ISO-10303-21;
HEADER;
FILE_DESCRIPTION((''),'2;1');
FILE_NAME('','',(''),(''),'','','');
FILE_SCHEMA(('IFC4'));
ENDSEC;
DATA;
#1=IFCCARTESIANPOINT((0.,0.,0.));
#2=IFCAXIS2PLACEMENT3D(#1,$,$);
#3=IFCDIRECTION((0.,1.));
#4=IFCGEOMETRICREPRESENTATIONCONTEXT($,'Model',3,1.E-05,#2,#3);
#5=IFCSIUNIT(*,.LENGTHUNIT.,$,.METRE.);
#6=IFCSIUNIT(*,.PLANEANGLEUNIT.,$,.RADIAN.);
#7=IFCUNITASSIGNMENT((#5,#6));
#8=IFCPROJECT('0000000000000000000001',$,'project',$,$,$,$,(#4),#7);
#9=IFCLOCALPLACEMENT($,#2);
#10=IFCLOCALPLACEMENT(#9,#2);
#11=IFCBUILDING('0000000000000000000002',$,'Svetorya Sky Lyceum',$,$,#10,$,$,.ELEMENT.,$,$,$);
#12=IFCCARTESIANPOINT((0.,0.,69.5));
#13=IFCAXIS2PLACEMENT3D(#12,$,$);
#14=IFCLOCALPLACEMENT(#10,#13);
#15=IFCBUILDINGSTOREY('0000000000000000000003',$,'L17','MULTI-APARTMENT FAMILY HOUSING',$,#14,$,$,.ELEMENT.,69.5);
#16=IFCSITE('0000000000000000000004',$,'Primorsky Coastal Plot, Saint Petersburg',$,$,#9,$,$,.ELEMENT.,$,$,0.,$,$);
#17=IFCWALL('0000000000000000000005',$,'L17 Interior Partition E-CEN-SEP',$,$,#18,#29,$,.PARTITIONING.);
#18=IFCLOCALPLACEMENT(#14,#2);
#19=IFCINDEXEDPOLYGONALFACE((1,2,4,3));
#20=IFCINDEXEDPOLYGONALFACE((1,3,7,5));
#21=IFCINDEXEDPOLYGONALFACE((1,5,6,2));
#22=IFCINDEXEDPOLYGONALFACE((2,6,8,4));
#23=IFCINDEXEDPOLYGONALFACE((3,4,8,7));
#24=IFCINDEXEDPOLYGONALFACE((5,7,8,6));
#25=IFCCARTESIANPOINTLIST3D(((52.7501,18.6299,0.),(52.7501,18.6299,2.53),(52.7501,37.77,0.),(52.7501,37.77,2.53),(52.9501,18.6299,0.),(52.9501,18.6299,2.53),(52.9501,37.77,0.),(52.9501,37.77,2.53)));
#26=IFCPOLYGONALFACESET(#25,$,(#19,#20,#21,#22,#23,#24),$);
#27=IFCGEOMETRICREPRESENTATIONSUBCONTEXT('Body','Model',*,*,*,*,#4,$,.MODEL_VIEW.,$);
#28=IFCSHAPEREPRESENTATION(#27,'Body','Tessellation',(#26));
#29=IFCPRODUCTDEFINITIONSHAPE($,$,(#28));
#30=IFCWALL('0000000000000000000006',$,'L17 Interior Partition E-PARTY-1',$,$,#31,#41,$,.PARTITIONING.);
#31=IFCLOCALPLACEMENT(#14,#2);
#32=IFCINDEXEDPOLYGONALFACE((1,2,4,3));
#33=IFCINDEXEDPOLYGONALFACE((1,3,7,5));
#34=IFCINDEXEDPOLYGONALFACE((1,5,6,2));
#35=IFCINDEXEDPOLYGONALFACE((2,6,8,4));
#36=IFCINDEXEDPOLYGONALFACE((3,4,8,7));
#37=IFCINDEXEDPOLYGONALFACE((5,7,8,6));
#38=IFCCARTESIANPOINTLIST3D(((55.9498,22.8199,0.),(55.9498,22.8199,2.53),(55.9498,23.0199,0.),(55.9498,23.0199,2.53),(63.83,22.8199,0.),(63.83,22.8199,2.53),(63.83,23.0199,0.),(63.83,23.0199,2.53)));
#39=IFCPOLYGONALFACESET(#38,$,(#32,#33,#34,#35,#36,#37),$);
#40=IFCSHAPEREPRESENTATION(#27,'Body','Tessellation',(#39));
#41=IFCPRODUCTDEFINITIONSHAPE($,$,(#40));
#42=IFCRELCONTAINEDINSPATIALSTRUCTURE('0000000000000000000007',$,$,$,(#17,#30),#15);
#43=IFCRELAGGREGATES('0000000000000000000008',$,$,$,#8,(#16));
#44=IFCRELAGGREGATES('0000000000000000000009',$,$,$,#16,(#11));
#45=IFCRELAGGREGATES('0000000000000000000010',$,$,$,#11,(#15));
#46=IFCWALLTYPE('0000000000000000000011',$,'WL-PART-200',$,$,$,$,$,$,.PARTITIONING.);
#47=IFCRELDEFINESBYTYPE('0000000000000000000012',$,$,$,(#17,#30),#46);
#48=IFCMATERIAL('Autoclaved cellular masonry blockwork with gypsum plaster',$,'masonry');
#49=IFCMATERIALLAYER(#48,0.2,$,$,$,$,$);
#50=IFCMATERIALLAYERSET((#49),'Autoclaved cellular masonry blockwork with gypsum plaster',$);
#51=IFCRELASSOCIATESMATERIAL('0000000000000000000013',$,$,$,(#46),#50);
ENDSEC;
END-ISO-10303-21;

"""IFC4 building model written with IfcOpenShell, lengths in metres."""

from ifc_helpers import new_model, si_unit, direction, frame, frame_2d, origin, place, context, subcontext, project, spatial, rectangle, extrude, material, layer, layer_set, type_object, element, save


model = new_model("IFC4")

# Units and contexts
model_context = context("Model", 3, precision=1e-05, world=origin(), true_north=direction((0.0, 1.0)))
body_context = subcontext(model_context, "Body", "Model", "MODEL_VIEW")
ifc_project = project(units=[si_unit("LENGTHUNIT", "METRE"), si_unit("PLANEANGLEUNIT", "RADIAN")], contexts=[model_context])

# Site, building, storey
site_placement = place(None, origin())
site = spatial("IfcSite", under=ifc_project, at=site_placement, Name="Primorsky Coastal Plot, Saint Petersburg", CompositionType="ELEMENT", RefElevation=0.0)
building_placement = place(site_placement, origin())
building = spatial("IfcBuilding", under=site, at=building_placement, Name="Svetorya Sky Lyceum", CompositionType="ELEMENT")
storey_placement = place(building_placement, frame((0.0, 0.0, 69.5)))
storey = spatial("IfcBuildingStorey", under=building, at=storey_placement, Name="L17", Description="MULTI-APARTMENT FAMILY HOUSING", CompositionType="ELEMENT", Elevation=69.5)

# Walls
ifc_material_1 = material(Name="Autoclaved cellular masonry blockwork with gypsum plaster", Category="masonry")
ifc_layer_1 = layer(ifc_material_1, 0.2)
ifc_layer_set_1 = layer_set([ifc_layer_1], Name="Autoclaved cellular masonry blockwork with gypsum plaster")
wall_type_1 = type_object("IfcWallType", Name="WL-PART-200", PredefinedType="PARTITIONING", material=ifc_layer_set_1)
wall_1_placement = place(storey_placement, frame((52.8501, 18.6299, 0.0), z_axis=(0.0, 0.0, 1.0), x_axis=(0.0, 1.0, 0.0)))
element("IfcWall", 1, at=wall_1_placement, inside=storey, type_object=wall_type_1, Name="L17 Interior Partition E-CEN-SEP", PredefinedType="PARTITIONING", context=body_context, shape_type="SweptSolid", body=[
    extrude(rectangle(XDim=19.1401, YDim=0.2, at=frame_2d((9.5701, 0.0))), origin(), (0.0, 0.0, 1.0), 2.53),
])
wall_2_placement = place(storey_placement, frame((55.95, 22.9199, 0.0), z_axis=(0.0, 0.0, 1.0), x_axis=(1.0, 0.0, 0.0)))
element("IfcWall", 2, at=wall_2_placement, inside=storey, type_object=wall_type_1, Name="L17 Interior Partition E-PARTY-1", PredefinedType="PARTITIONING", context=body_context, shape_type="SweptSolid", body=[
    extrude(rectangle(XDim=7.8801, YDim=0.2, at=frame_2d((3.9399, 0.0))), origin(), (0.0, 0.0, 1.0), 2.53),
])

save(model, "model.ifc")
